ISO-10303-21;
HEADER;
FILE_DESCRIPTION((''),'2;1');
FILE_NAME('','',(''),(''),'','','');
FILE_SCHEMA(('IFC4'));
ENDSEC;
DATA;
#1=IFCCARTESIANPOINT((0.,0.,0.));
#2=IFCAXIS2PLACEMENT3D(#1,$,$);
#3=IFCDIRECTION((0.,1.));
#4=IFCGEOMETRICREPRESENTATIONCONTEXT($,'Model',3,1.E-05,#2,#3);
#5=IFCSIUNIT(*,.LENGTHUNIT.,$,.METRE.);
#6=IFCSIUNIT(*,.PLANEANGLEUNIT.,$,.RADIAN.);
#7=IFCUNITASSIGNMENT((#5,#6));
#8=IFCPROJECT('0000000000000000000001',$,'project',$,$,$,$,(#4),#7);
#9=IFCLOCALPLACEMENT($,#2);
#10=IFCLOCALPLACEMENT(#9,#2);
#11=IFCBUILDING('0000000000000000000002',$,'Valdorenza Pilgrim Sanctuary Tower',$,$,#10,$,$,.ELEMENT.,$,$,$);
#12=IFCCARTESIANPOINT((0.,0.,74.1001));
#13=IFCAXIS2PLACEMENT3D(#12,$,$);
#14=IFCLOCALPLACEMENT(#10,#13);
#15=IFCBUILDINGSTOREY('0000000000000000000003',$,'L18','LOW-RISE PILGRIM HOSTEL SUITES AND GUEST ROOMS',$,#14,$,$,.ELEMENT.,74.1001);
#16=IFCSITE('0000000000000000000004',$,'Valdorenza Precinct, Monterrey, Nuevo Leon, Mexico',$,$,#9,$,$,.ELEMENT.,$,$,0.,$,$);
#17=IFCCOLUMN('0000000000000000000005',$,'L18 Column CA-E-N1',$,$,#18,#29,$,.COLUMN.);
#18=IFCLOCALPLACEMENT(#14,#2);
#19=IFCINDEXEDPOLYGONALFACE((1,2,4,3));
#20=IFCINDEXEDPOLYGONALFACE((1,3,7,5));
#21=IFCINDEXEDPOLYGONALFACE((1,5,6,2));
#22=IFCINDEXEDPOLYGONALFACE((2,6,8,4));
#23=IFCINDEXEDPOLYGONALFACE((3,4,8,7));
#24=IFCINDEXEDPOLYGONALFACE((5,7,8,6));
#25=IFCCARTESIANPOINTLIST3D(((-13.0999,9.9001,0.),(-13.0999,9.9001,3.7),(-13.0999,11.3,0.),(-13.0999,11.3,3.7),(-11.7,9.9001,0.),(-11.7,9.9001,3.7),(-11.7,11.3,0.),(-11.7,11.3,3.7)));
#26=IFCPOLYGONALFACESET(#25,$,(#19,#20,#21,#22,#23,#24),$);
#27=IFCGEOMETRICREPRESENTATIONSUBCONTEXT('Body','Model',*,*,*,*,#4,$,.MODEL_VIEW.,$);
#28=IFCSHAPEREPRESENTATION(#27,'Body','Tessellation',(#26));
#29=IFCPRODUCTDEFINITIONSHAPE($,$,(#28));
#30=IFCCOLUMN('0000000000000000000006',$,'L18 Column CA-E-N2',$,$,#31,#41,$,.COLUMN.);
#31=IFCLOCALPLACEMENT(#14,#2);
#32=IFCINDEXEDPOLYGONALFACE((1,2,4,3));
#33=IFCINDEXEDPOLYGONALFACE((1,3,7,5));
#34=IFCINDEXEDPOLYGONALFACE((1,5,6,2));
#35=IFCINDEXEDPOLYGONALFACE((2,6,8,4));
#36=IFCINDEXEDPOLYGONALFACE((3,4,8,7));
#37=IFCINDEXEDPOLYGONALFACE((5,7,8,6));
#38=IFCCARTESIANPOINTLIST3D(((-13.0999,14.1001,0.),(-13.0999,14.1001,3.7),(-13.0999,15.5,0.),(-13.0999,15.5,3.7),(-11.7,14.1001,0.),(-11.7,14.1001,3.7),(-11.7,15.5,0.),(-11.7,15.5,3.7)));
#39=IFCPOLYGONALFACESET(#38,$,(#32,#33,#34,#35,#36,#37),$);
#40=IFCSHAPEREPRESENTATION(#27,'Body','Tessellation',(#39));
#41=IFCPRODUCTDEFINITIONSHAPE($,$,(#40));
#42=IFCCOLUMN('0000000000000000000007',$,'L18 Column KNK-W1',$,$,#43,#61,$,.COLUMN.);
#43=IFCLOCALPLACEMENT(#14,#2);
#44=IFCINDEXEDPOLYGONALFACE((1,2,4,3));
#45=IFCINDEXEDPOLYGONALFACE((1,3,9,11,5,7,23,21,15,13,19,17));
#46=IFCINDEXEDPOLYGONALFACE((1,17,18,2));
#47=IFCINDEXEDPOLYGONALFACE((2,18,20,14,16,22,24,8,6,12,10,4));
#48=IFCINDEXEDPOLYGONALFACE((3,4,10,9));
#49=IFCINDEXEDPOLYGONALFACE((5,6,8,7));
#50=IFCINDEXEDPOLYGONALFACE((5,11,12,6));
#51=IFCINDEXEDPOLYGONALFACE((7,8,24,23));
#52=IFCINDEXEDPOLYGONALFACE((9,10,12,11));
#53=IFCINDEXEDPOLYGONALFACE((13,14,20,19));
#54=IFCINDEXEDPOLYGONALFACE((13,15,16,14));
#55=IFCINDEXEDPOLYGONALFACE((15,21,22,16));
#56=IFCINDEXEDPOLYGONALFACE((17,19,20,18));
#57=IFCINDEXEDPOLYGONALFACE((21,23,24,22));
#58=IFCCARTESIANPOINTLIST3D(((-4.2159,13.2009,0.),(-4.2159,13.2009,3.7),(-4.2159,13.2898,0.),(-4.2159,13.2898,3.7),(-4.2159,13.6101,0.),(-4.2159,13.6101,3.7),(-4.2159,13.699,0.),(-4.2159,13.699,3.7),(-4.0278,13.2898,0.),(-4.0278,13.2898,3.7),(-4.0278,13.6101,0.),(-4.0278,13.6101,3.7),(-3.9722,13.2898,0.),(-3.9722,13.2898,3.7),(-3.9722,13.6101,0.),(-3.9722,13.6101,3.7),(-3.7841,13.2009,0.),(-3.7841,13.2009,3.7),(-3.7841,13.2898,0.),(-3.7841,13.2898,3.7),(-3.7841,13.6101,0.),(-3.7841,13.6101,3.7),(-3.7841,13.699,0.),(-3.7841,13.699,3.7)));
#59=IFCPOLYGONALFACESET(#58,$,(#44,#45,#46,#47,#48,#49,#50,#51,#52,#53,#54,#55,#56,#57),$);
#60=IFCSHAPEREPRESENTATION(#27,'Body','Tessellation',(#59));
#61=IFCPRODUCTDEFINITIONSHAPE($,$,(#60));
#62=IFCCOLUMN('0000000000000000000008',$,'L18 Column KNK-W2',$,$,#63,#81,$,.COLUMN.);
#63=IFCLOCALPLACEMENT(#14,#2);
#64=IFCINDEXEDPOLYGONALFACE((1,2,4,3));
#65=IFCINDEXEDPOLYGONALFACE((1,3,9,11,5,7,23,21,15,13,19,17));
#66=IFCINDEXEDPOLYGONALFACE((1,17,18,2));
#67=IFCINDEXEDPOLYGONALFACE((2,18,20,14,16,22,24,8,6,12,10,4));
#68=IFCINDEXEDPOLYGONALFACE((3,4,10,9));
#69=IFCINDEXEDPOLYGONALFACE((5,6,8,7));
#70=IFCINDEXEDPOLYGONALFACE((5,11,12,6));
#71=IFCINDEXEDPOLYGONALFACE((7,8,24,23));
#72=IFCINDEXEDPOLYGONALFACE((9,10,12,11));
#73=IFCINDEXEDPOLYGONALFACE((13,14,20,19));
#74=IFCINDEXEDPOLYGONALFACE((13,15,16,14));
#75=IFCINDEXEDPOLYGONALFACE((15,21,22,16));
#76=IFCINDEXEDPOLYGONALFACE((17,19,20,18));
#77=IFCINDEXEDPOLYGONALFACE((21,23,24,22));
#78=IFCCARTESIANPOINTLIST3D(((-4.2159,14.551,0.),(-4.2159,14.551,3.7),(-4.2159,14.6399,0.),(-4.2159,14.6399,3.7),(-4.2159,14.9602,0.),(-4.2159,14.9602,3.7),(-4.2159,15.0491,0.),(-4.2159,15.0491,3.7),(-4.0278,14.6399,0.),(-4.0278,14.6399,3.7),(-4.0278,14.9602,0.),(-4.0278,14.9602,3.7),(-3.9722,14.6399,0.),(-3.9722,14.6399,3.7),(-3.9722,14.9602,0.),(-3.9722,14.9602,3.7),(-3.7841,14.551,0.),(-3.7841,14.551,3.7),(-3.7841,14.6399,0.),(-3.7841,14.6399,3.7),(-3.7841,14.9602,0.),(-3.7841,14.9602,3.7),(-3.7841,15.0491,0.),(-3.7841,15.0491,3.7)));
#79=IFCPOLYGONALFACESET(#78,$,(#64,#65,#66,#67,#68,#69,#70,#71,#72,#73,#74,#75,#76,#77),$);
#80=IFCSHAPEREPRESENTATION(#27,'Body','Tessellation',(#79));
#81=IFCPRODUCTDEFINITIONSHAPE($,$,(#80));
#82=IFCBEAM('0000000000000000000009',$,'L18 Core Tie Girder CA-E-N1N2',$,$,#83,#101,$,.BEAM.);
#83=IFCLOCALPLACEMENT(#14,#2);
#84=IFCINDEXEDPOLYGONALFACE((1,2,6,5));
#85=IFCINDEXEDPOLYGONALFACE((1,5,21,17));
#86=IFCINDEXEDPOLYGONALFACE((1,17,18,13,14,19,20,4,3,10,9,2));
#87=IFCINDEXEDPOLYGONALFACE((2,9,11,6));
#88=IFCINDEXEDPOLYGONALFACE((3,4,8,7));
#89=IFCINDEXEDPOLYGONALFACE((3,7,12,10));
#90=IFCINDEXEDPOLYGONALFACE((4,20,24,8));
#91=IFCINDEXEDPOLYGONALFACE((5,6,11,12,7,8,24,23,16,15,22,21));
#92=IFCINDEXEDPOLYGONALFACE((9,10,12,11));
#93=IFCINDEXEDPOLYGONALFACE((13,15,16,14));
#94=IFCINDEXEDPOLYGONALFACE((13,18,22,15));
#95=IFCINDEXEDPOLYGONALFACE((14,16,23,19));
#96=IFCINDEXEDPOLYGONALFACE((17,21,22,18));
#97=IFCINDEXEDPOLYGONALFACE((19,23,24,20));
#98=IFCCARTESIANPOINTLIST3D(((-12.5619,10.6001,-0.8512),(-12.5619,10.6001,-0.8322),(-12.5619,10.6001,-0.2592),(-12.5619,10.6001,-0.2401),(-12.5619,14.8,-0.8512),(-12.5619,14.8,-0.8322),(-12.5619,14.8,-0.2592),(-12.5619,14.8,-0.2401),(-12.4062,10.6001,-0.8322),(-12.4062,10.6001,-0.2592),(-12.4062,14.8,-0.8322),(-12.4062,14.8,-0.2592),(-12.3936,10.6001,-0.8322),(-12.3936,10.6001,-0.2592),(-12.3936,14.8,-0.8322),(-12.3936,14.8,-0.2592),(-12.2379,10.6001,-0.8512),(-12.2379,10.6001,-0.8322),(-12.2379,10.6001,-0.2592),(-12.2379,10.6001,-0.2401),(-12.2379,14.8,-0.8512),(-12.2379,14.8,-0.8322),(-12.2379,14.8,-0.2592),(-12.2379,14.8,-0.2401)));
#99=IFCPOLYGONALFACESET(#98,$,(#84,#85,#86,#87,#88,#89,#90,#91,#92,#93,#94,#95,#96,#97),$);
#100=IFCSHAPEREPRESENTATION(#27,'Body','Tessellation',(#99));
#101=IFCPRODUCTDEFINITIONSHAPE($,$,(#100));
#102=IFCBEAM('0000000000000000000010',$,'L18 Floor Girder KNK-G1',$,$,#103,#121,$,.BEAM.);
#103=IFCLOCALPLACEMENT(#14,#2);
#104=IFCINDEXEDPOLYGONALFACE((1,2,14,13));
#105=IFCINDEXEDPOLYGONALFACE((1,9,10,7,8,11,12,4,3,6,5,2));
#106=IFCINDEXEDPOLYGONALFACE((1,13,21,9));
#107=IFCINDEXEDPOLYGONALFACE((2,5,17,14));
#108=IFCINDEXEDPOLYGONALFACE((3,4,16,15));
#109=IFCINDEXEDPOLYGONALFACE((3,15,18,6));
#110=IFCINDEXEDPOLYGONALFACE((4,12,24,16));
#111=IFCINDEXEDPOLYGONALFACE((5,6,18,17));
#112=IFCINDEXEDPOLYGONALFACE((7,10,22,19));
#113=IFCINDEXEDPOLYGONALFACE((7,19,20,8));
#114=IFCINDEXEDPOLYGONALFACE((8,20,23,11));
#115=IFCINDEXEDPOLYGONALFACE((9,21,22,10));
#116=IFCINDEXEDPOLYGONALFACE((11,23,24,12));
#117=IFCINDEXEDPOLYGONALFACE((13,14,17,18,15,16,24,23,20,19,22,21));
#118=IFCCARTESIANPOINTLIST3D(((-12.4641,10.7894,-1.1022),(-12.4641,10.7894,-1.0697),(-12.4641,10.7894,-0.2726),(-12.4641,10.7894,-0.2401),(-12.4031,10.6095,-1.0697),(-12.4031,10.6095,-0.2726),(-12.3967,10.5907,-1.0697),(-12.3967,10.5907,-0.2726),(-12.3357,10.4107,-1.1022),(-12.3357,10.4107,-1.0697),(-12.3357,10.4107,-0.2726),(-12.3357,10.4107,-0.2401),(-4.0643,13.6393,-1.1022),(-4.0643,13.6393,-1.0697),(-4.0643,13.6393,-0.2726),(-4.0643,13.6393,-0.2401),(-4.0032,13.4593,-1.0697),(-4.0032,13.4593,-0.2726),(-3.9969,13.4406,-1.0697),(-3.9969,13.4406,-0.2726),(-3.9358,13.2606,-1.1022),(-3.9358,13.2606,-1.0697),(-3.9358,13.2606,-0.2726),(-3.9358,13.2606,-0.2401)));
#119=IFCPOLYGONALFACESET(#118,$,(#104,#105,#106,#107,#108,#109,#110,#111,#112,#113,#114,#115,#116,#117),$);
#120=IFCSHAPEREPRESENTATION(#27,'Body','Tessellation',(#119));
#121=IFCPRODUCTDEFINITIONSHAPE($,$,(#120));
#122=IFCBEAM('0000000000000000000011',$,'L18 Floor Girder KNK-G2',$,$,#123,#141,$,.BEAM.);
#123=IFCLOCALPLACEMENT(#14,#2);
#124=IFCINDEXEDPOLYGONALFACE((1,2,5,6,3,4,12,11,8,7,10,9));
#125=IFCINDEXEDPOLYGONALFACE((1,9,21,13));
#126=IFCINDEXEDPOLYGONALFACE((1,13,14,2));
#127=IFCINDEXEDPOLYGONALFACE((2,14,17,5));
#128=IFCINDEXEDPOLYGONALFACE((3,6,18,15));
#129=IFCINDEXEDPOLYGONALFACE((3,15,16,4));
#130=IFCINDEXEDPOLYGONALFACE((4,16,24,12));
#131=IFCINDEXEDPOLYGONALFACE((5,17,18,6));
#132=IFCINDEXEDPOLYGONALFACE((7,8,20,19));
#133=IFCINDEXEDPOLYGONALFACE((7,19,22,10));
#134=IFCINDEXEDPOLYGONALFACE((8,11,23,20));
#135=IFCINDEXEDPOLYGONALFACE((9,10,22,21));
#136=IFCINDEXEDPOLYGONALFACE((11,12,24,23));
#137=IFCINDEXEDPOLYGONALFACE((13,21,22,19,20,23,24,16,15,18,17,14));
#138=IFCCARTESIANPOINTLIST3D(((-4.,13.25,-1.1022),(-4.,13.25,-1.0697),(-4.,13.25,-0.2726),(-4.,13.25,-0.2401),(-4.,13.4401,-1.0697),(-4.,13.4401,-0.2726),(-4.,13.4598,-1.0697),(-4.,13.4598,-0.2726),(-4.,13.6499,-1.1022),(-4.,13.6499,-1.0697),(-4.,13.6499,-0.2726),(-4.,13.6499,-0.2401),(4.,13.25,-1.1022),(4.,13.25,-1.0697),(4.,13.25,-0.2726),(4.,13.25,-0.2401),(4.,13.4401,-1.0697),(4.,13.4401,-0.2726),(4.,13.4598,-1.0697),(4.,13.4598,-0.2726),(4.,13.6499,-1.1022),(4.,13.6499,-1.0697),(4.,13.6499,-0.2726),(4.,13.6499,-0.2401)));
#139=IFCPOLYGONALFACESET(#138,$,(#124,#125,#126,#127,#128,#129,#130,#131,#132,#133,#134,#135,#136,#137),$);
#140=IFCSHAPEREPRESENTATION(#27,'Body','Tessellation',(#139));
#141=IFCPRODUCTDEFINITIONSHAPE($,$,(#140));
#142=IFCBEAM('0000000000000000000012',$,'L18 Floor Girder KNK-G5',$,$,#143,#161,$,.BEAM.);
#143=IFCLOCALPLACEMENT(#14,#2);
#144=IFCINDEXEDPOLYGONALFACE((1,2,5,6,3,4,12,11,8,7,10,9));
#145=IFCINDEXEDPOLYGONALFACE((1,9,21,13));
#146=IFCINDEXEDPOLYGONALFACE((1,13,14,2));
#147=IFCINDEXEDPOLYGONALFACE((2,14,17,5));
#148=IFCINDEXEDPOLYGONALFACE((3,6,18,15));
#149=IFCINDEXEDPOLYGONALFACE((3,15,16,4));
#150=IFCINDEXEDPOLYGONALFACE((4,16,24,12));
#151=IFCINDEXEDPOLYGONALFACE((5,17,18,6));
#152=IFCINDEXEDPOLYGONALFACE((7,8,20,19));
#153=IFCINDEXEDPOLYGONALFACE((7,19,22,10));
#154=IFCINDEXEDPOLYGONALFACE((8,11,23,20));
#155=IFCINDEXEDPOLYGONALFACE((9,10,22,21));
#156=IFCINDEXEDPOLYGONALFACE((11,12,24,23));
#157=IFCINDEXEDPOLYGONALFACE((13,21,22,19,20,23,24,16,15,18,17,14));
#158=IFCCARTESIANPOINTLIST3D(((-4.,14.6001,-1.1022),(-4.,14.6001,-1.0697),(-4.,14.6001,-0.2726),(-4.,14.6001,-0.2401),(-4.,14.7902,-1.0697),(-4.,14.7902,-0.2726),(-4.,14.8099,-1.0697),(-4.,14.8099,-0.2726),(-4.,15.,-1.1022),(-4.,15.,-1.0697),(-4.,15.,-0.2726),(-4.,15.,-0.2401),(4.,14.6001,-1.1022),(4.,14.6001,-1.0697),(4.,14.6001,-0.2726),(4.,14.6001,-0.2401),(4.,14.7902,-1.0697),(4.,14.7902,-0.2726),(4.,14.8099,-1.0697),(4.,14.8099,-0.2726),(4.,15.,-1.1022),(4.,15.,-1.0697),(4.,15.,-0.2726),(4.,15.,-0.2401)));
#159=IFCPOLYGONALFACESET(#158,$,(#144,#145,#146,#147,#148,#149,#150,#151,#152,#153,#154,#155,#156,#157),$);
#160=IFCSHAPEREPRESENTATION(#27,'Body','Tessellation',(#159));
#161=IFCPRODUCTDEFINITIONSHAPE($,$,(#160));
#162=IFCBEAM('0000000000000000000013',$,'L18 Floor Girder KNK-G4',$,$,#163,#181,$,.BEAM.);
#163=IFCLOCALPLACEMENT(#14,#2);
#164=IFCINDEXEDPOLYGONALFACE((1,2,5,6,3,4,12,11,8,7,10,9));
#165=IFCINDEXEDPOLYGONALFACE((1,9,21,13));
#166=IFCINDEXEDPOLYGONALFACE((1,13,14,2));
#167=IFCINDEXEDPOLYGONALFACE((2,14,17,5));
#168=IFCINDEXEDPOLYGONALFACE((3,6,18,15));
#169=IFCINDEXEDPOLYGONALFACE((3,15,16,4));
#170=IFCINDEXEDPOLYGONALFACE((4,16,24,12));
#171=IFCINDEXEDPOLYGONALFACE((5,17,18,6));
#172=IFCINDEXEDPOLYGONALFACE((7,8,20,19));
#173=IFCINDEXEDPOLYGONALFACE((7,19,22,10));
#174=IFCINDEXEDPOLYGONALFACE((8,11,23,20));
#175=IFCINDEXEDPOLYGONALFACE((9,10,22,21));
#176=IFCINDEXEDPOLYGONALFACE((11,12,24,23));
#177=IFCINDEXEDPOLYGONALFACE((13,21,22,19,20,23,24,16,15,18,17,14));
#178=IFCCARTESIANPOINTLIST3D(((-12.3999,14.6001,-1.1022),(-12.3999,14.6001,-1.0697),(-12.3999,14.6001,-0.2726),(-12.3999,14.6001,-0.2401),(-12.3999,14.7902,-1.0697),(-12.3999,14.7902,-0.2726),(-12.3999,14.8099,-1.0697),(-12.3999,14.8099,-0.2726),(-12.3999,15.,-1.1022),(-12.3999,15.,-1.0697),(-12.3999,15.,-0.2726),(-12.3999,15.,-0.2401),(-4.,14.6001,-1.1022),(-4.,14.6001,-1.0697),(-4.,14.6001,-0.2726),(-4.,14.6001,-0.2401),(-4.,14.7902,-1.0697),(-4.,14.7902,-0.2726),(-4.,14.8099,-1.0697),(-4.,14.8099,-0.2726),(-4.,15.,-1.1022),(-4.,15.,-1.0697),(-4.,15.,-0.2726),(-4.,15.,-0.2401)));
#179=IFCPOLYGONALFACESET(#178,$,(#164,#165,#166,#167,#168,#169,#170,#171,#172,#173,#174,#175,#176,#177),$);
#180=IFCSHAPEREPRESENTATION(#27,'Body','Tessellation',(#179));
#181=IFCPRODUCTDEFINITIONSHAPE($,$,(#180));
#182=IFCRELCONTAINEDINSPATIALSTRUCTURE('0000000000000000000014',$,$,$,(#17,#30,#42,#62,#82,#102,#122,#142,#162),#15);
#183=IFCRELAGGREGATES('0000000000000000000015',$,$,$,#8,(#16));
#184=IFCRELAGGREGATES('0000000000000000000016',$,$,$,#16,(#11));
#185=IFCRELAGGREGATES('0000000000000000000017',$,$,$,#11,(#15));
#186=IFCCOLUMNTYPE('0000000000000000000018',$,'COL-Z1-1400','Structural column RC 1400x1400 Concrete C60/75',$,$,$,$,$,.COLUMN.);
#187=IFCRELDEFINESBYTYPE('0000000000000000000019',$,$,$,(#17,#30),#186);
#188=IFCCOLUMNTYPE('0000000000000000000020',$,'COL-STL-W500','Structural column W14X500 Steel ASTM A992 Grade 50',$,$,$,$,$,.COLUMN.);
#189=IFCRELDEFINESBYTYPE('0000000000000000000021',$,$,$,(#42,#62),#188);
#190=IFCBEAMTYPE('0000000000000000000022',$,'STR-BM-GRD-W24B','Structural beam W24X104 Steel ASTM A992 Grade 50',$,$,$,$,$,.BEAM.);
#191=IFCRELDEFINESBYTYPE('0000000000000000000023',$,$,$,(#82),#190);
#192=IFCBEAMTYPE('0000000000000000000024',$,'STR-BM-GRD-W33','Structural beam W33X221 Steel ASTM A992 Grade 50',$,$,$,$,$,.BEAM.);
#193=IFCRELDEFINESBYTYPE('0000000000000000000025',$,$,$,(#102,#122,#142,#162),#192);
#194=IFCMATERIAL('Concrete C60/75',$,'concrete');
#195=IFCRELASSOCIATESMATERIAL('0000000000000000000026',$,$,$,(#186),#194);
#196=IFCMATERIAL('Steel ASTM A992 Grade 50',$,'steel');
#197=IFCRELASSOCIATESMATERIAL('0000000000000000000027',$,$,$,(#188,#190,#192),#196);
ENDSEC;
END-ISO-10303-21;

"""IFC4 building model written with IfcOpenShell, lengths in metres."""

from ifc_helpers import new_model, si_unit, direction, frame, origin, origin_2d, place, context, subcontext, project, spatial, rectangle, i_section, extrude, source, transform, mapped, material, material_profile, profile_set, type_object, element, save


model = new_model("IFC4")

# Units and contexts
model_context = context("Model", 3, precision=1e-05, world=origin(), true_north=direction((0.0, 1.0)))
body_context = subcontext(model_context, "Body", "Model", "MODEL_VIEW")
ifc_project = project(units=[si_unit("LENGTHUNIT", "METRE"), si_unit("PLANEANGLEUNIT", "RADIAN")], contexts=[model_context])

# Site, building, storey
site_placement = place(None, origin())
site = spatial("IfcSite", under=ifc_project, at=site_placement, Name="Valdorenza Precinct, Monterrey, Nuevo Leon, Mexico", CompositionType="ELEMENT", RefElevation=0.0)
building_placement = place(site_placement, origin())
building = spatial("IfcBuilding", under=site, at=building_placement, Name="Valdorenza Pilgrim Sanctuary Tower", CompositionType="ELEMENT")
storey_placement = place(building_placement, frame((0.0, 0.0, 74.1001)))
storey = spatial("IfcBuildingStorey", under=building, at=storey_placement, Name="L18", Description="LOW-RISE PILGRIM HOSTEL SUITES AND GUEST ROOMS", CompositionType="ELEMENT", Elevation=74.1001)

# Columns
ifc_material_1 = material(Name="Concrete C60/75", Category="concrete")
ifc_material_profile_1 = material_profile(ifc_material_1, rectangle(XDim=1.3999, YDim=1.3999, at=origin_2d()), Name="RC 1400x1400")
ifc_profile_set_1 = profile_set([ifc_material_profile_1], Name="Concrete C60/75")
column_type_1 = type_object("IfcColumnType", Name="COL-Z1-1400", Description="Structural column RC 1400x1400 Concrete C60/75", PredefinedType="COLUMN", material=ifc_profile_set_1)
shared_shape_1 = source(origin(), body_context, "Body", "SweptSolid", [
    extrude(rectangle(XDim=1.3999, YDim=1.3999, at=origin_2d()), origin(), (0.0, 0.0, 1.0), 3.7),
])
for number, where, z_axis, x_axis, name in (
    (1, (-12.3999, 10.6001, 0.0), (0.0, 0.0, 1.0), (1.0, 0.0, 0.0), "L18 Column CA-E-N1"),
    (2, (-12.3999, 14.8, 0.0), (0.0, 0.0, 1.0), (1.0, 0.0, 0.0), "L18 Column CA-E-N2"),
):
    element("IfcColumn", number, at=place(storey_placement, frame(where, z_axis=z_axis, x_axis=x_axis)), inside=storey, type_object=column_type_1, Name=name, PredefinedType="COLUMN", context=body_context, shape_type="MappedRepresentation", body=[
        mapped(shared_shape_1, transform((0.0, 0.0, 0.0), x_axis=(1.0, 0.0, 0.0), y_axis=(0.0, 1.0, 0.0), z_axis=(0.0, 0.0, 1.0), scale=1.0)),
    ])
ifc_material_2 = material(Name="Steel ASTM A992 Grade 50", Category="steel")
ifc_material_profile_2 = material_profile(ifc_material_2, i_section(OverallWidth=0.4319, OverallDepth=0.498, WebThickness=0.0557, FlangeThickness=0.0889, at=origin_2d()), Name="W14X500")
ifc_profile_set_2 = profile_set([ifc_material_profile_2], Name="Steel ASTM A992 Grade 50")
column_type_2 = type_object("IfcColumnType", Name="COL-STL-W500", Description="Structural column W14X500 Steel ASTM A992 Grade 50", PredefinedType="COLUMN", material=ifc_profile_set_2)
shared_shape_2 = source(origin(), body_context, "Body", "SweptSolid", [
    extrude(i_section(OverallWidth=0.4319, OverallDepth=0.498, WebThickness=0.0557, FlangeThickness=0.0889, at=origin_2d()), origin(), (0.0, 0.0, 1.0), 3.7),
])
for number, where, z_axis, x_axis, name in (
    (3, (-4.0, 13.45, 0.0), (0.0, 0.0, 1.0), (1.0, 0.0, 0.0), "L18 Column KNK-W1"),
    (4, (-4.0, 14.8, 0.0), (0.0, 0.0, 1.0), (1.0, 0.0, 0.0), "L18 Column KNK-W2"),
):
    element("IfcColumn", number, at=place(storey_placement, frame(where, z_axis=z_axis, x_axis=x_axis)), inside=storey, type_object=column_type_2, Name=name, PredefinedType="COLUMN", context=body_context, shape_type="MappedRepresentation", body=[
        mapped(shared_shape_2, transform((0.0, 0.0, 0.0), x_axis=(1.0, 0.0, 0.0), y_axis=(0.0, 1.0, 0.0), z_axis=(0.0, 0.0, 1.0), scale=1.0)),
    ])

# Beams
ifc_material_profile_3 = material_profile(ifc_material_2, i_section(OverallWidth=0.324, OverallDepth=0.6111, WebThickness=0.0127, FlangeThickness=0.019, at=origin_2d()), Name="W24X104")
ifc_profile_set_3 = profile_set([ifc_material_profile_3], Name="Steel ASTM A992 Grade 50")
beam_type_1 = type_object("IfcBeamType", Name="STR-BM-GRD-W24B", Description="Structural beam W24X104 Steel ASTM A992 Grade 50", PredefinedType="BEAM", material=ifc_profile_set_3)
shared_shape_3 = source(origin(), body_context, "Body", "SweptSolid", [
    extrude(i_section(OverallWidth=0.324, OverallDepth=0.6111, WebThickness=0.0127, FlangeThickness=0.019, at=origin_2d()), origin(), (0.0, 0.0, 1.0), 4.2),
])
beam_1_placement = place(storey_placement, frame((-12.3999, 10.6001, -0.5457), z_axis=(0.0, 1.0, 0.0), x_axis=(-1.0, 0.0, 0.0)))
element("IfcBeam", 5, at=beam_1_placement, inside=storey, type_object=beam_type_1, Name="L18 Core Tie Girder CA-E-N1N2", PredefinedType="BEAM", context=body_context, shape_type="MappedRepresentation", body=[
    mapped(shared_shape_3, transform((0.0, 0.0, 0.0), x_axis=(1.0, 0.0, 0.0), y_axis=(0.0, 1.0, 0.0), z_axis=(0.0, 0.0, 1.0), scale=1.0)),
])
ifc_material_profile_4 = material_profile(ifc_material_2, i_section(OverallWidth=0.3999, OverallDepth=0.8621, WebThickness=0.0198, FlangeThickness=0.0325, at=origin_2d()), Name="W33X221")
ifc_profile_set_4 = profile_set([ifc_material_profile_4], Name="Steel ASTM A992 Grade 50")
beam_type_2 = type_object("IfcBeamType", Name="STR-BM-GRD-W33", Description="Structural beam W33X221 Steel ASTM A992 Grade 50", PredefinedType="BEAM", material=ifc_profile_set_4)
shared_shape_4 = source(origin(), body_context, "Body", "SweptSolid", [
    extrude(i_section(OverallWidth=0.3999, OverallDepth=0.8621, WebThickness=0.0198, FlangeThickness=0.0325, at=origin_2d()), origin(), (0.0, 0.0, 1.0), 8.8701),
])
beam_2_placement = place(storey_placement, frame((-12.3999, 10.6001, -0.6711), z_axis=(0.946983, 0.321285, 0.0), x_axis=(-0.321285, 0.946983, 0.0)))
element("IfcBeam", 6, at=beam_2_placement, inside=storey, type_object=beam_type_2, Name="L18 Floor Girder KNK-G1", PredefinedType="BEAM", context=body_context, shape_type="MappedRepresentation", body=[
    mapped(shared_shape_4, transform((0.0, 0.0, 0.0), x_axis=(1.0, 0.0, 0.0), y_axis=(0.0, 1.0, 0.0), z_axis=(0.0, 0.0, 1.0), scale=1.0)),
])
shared_shape_5 = source(origin(), body_context, "Body", "SweptSolid", [
    extrude(i_section(OverallWidth=0.3999, OverallDepth=0.8621, WebThickness=0.0198, FlangeThickness=0.0325, at=origin_2d()), origin(), (0.0, 0.0, 1.0), 8.0),
])
for number, where, z_axis, x_axis, name in (
    (7, (-4.0, 13.45, -0.6711), (1.0, 0.0, 0.0), (0.0, 1.0, 0.0), "L18 Floor Girder KNK-G2"),
    (8, (-4.0, 14.8, -0.6711), (1.0, 0.0, 0.0), (0.0, 1.0, 0.0), "L18 Floor Girder KNK-G5"),
):
    element("IfcBeam", number, at=place(storey_placement, frame(where, z_axis=z_axis, x_axis=x_axis)), inside=storey, type_object=beam_type_2, Name=name, PredefinedType="BEAM", context=body_context, shape_type="MappedRepresentation", body=[
        mapped(shared_shape_5, transform((0.0, 0.0, 0.0), x_axis=(1.0, 0.0, 0.0), y_axis=(0.0, 1.0, 0.0), z_axis=(0.0, 0.0, 1.0), scale=1.0)),
    ])
shared_shape_6 = source(origin(), body_context, "Body", "SweptSolid", [
    extrude(i_section(OverallWidth=0.3999, OverallDepth=0.8621, WebThickness=0.0198, FlangeThickness=0.0325, at=origin_2d()), origin(), (0.0, 0.0, 1.0), 8.3999),
])
beam_3_placement = place(storey_placement, frame((-12.3999, 14.8, -0.6711), z_axis=(1.0, 0.0, 0.0), x_axis=(0.0, 1.0, 0.0)))
element("IfcBeam", 9, at=beam_3_placement, inside=storey, type_object=beam_type_2, Name="L18 Floor Girder KNK-G4", PredefinedType="BEAM", context=body_context, shape_type="MappedRepresentation", body=[
    mapped(shared_shape_6, transform((0.0, 0.0, 0.0), x_axis=(1.0, 0.0, 0.0), y_axis=(0.0, 1.0, 0.0), z_axis=(0.0, 0.0, 1.0), scale=1.0)),
])

save(model, "model.ifc")
